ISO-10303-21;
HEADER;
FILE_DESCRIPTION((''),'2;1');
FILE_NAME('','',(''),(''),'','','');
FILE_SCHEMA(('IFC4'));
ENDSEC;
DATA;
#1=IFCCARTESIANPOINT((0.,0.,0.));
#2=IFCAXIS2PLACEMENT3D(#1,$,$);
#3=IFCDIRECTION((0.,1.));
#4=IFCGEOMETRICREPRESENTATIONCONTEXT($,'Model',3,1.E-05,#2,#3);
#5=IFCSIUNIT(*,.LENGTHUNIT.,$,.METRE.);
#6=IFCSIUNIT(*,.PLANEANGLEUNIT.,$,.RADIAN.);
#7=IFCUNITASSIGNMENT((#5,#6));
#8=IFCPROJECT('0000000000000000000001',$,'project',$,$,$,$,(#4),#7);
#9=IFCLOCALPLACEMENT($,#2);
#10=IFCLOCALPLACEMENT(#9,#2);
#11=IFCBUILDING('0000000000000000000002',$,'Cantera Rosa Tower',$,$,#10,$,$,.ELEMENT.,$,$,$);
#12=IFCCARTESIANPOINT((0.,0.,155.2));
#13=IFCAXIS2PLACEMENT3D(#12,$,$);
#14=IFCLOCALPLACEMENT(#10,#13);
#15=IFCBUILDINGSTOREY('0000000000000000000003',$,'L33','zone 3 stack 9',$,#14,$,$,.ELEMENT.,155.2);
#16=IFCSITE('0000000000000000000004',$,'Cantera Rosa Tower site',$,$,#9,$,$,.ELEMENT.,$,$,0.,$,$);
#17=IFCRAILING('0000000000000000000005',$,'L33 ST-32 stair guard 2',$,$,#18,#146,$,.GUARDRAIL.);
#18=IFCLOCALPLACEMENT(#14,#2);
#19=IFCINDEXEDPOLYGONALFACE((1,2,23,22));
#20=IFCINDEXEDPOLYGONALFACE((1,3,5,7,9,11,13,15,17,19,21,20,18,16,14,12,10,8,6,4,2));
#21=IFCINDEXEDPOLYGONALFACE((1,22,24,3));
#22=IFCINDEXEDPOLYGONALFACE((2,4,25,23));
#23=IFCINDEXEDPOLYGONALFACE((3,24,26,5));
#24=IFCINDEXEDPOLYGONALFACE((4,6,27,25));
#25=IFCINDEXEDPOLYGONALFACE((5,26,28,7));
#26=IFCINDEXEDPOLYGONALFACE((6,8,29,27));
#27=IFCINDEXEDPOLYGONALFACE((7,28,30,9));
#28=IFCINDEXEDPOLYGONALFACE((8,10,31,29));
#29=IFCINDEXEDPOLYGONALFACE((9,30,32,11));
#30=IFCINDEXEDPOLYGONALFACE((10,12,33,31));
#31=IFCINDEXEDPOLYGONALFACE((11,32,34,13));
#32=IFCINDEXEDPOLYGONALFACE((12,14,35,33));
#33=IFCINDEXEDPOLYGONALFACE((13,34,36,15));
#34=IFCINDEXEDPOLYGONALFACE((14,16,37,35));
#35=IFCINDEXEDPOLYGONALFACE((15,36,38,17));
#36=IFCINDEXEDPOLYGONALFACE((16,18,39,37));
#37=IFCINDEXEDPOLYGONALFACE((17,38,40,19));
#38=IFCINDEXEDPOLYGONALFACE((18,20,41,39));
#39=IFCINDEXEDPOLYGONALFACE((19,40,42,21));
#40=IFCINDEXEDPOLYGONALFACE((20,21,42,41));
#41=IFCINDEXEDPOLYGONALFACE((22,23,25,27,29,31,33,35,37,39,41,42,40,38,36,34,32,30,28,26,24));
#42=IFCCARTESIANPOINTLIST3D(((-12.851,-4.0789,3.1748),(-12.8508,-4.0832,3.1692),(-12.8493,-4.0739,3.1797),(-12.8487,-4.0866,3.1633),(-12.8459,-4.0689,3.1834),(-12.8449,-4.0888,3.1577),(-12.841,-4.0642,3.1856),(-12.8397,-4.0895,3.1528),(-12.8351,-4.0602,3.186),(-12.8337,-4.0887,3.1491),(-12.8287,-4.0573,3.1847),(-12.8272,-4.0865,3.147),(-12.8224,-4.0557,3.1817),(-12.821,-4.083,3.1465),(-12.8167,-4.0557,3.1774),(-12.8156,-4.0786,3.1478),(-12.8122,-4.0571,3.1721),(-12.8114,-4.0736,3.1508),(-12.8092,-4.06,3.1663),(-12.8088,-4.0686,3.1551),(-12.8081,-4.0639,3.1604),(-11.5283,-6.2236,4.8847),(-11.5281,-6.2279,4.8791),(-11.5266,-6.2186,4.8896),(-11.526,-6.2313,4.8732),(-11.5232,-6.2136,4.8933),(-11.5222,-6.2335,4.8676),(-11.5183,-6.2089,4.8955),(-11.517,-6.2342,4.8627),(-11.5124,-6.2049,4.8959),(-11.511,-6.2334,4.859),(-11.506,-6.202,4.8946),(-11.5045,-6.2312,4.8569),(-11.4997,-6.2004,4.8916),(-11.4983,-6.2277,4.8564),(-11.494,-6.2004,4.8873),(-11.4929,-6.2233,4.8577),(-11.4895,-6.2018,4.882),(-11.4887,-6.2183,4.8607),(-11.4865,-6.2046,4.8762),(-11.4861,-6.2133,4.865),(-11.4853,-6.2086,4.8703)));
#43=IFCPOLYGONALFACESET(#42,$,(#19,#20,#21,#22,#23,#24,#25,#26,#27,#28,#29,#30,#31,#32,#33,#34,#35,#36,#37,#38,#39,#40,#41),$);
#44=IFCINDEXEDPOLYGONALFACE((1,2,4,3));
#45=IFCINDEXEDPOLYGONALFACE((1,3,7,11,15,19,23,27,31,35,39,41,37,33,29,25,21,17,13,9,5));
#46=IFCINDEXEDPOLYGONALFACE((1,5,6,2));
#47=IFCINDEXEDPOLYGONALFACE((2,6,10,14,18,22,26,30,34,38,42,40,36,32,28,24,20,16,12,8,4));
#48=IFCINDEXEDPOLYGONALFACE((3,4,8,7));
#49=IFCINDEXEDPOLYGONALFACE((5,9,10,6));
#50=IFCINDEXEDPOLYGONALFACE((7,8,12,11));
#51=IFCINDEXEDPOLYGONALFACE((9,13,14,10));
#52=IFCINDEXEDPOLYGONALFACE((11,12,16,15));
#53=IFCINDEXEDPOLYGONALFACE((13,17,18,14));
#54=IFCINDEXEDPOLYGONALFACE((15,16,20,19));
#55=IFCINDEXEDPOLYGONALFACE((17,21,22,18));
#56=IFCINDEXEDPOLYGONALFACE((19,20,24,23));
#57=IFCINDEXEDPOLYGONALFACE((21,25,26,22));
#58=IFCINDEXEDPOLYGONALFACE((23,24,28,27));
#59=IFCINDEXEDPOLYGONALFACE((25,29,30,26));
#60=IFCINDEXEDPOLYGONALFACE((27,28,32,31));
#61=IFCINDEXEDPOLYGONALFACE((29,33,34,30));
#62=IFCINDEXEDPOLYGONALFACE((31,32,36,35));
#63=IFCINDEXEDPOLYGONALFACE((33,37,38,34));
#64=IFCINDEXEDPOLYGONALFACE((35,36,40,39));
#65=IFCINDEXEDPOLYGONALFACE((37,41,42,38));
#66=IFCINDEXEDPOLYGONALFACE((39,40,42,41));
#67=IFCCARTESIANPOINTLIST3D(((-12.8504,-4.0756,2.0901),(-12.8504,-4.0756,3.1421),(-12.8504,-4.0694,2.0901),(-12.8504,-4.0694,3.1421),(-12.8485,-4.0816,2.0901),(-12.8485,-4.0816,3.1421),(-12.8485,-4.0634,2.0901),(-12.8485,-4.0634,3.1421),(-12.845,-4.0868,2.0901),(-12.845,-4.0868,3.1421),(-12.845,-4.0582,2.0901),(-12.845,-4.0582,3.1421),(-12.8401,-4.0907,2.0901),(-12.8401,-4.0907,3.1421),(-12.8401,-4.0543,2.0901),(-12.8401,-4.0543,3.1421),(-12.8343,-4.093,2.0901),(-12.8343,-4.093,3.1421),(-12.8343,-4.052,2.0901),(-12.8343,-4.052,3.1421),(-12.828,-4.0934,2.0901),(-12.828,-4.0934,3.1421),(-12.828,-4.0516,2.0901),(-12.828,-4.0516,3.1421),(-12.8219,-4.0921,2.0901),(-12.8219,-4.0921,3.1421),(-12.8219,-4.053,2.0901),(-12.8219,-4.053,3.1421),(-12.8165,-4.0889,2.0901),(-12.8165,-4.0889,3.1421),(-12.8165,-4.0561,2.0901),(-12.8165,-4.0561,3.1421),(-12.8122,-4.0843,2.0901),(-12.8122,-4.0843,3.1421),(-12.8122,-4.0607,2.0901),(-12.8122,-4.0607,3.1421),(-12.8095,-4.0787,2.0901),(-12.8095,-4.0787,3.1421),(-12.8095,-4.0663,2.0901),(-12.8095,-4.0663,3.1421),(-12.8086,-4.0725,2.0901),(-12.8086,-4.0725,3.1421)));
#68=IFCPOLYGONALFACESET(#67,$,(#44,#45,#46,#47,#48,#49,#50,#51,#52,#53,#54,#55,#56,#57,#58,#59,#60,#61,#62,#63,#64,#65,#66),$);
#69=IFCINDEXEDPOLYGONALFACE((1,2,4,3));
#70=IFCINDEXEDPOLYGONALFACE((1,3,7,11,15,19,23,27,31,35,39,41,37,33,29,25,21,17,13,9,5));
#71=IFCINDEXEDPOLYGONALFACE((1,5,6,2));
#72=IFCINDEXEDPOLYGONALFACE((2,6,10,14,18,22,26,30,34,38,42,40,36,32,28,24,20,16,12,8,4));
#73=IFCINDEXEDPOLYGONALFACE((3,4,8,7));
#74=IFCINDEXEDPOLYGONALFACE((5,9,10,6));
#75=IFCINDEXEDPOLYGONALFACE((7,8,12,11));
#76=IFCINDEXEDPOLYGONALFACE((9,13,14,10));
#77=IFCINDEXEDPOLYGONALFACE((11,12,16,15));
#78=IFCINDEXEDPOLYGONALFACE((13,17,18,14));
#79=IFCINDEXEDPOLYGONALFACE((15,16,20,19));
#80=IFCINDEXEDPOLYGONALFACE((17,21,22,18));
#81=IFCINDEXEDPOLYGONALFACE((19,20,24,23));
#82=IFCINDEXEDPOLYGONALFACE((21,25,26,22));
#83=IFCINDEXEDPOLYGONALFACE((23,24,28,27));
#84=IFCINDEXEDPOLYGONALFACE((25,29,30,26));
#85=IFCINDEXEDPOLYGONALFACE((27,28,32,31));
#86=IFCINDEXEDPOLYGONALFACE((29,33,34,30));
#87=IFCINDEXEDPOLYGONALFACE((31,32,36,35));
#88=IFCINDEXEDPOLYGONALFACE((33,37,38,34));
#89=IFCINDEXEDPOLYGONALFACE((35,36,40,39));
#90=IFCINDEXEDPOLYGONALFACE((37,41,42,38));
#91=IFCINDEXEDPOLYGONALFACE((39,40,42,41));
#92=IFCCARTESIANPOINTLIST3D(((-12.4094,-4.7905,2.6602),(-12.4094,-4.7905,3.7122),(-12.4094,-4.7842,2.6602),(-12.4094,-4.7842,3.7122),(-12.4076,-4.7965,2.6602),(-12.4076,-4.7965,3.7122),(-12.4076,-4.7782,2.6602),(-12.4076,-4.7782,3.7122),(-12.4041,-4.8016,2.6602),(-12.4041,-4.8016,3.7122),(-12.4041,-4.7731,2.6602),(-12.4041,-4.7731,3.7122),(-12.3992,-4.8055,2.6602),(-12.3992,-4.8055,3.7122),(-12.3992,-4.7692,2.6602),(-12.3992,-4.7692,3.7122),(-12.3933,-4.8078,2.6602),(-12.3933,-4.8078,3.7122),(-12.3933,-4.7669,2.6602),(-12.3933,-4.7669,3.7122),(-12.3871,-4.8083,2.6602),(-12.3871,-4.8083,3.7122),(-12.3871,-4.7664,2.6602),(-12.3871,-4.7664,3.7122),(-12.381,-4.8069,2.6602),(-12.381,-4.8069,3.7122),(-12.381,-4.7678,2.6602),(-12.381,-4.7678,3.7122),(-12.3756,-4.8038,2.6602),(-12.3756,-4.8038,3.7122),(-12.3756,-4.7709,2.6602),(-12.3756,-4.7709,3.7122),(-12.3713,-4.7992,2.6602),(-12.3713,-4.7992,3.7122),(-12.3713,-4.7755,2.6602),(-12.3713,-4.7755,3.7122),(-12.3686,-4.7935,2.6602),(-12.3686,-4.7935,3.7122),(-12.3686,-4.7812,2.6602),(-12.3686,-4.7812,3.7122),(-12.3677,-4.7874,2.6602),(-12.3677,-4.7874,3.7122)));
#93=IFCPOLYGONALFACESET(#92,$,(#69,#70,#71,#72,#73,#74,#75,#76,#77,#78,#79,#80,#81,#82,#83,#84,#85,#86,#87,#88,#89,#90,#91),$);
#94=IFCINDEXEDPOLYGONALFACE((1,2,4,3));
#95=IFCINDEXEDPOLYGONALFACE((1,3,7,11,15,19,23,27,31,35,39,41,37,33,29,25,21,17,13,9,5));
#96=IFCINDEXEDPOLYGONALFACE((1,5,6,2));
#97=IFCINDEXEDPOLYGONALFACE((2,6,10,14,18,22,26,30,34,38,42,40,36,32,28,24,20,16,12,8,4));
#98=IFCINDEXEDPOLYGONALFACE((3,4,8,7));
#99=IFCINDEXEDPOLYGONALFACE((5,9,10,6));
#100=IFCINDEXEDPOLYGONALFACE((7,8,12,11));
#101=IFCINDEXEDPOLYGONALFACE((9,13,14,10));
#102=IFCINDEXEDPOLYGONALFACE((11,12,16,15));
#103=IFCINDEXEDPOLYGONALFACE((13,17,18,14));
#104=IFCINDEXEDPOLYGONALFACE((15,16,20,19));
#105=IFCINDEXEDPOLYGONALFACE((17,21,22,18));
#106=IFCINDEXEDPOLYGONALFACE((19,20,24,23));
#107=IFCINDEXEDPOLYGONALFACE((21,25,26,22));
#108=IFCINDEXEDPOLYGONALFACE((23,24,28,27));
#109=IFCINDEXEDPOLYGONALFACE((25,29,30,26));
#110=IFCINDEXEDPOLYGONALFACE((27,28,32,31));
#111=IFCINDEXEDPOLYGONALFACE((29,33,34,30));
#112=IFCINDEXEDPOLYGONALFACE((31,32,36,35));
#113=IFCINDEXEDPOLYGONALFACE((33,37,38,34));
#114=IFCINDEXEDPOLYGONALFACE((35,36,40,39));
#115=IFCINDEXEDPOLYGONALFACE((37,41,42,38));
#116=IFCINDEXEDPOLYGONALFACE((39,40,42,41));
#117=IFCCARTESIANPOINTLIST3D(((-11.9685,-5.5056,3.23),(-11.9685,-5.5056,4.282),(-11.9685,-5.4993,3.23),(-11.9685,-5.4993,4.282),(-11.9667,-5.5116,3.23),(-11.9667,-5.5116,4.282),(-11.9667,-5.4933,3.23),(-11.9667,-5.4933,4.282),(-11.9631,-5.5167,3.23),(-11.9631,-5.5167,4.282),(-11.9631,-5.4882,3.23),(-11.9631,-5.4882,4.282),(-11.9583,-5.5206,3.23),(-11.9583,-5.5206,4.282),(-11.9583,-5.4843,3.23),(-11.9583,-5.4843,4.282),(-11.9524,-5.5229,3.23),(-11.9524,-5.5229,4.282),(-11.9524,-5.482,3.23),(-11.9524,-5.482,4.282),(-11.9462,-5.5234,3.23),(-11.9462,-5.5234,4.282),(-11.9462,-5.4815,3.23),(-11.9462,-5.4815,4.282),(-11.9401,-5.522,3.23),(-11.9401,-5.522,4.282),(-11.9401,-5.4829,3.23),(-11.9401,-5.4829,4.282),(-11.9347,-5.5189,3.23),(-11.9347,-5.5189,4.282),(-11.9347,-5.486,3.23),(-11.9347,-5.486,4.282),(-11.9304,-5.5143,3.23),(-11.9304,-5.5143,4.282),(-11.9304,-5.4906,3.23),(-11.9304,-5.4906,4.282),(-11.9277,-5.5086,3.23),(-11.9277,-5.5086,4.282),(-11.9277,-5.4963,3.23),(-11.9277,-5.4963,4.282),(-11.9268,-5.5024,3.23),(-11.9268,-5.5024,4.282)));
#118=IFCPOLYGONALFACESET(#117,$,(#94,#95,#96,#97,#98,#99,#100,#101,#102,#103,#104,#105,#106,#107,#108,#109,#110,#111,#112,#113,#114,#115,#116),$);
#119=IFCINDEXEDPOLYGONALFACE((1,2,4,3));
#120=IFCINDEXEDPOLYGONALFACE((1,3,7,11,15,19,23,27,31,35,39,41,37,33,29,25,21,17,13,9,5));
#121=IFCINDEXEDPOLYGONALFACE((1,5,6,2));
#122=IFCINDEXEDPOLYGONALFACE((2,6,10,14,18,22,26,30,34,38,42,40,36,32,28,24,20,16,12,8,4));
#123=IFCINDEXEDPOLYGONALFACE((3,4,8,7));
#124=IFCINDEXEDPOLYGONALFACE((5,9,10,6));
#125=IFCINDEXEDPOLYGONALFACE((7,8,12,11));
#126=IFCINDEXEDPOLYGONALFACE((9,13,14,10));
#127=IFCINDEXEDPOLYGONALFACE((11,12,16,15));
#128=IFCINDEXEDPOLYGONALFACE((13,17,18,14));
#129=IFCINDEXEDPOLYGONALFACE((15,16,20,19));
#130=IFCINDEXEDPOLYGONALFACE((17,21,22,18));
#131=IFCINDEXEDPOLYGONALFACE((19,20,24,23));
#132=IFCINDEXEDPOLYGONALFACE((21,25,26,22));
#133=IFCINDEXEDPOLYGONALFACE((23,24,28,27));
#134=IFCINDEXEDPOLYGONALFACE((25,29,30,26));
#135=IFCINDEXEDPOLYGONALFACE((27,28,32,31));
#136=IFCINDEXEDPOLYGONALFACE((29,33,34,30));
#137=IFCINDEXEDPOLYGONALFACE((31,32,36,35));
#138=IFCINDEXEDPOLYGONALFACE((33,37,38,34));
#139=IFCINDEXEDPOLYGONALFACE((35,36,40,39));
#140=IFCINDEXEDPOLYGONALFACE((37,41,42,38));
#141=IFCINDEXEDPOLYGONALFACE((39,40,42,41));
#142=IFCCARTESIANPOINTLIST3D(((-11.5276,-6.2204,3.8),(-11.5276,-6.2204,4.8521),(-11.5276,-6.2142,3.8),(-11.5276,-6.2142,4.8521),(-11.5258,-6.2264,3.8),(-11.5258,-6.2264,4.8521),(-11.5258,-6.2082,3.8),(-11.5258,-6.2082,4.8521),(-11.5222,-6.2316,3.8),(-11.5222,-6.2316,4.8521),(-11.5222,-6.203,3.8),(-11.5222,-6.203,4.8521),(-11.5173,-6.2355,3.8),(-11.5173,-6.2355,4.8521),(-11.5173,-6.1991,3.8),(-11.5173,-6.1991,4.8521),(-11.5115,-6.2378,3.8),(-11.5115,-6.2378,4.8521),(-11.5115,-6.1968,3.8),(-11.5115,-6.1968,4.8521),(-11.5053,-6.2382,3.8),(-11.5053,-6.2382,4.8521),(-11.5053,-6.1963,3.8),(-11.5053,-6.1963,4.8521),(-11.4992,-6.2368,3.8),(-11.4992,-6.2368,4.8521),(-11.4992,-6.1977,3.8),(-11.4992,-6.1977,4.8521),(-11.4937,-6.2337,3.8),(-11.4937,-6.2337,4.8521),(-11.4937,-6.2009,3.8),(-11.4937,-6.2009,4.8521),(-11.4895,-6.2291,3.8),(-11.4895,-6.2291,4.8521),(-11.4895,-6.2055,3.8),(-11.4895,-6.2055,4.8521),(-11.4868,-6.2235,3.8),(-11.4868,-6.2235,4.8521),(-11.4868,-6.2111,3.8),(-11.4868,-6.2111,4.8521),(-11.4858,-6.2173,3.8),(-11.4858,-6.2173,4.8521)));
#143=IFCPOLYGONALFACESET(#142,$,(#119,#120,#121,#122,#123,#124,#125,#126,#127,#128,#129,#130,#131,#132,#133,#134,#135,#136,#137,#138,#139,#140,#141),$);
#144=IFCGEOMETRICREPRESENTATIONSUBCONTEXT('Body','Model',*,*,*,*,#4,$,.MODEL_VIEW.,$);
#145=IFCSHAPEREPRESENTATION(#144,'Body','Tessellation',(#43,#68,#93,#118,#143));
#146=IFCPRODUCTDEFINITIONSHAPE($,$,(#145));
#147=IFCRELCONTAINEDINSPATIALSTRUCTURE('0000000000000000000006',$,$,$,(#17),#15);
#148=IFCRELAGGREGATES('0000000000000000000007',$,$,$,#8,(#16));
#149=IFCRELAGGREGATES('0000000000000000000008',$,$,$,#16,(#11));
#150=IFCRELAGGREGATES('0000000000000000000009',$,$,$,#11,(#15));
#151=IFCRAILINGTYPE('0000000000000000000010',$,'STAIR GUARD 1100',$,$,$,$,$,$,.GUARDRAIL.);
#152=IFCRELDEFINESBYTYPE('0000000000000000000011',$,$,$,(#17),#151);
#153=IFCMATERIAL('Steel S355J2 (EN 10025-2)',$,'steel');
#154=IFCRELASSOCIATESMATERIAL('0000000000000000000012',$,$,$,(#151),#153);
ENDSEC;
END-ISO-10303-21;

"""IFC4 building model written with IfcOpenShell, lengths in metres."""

from ifc_helpers import new_model, si_unit, direction, frame, origin, origin_2d, place, context, subcontext, project, spatial, circle, extrude, material, type_object, element, save


model = new_model("IFC4")

# Units and contexts
model_context = context("Model", 3, precision=1e-05, world=origin(), true_north=direction((0.0, 1.0)))
body_context = subcontext(model_context, "Body", "Model", "MODEL_VIEW")
ifc_project = project(units=[si_unit("LENGTHUNIT", "METRE"), si_unit("PLANEANGLEUNIT", "RADIAN")], contexts=[model_context])

# Site, building, storey
site_placement = place(None, origin())
site = spatial("IfcSite", under=ifc_project, at=site_placement, Name="Cantera Rosa Tower site", CompositionType="ELEMENT", RefElevation=0.0)
building_placement = place(site_placement, origin())
building = spatial("IfcBuilding", under=site, at=building_placement, Name="Cantera Rosa Tower", CompositionType="ELEMENT")
storey_placement = place(building_placement, frame((0.0, 0.0, 155.2)))
storey = spatial("IfcBuildingStorey", under=building, at=storey_placement, Name="L33", Description="zone 3 stack 9", CompositionType="ELEMENT", Elevation=155.2)

# Railing
ifc_material_1 = material(Name="Steel S355J2 (EN 10025-2)", Category="steel")
railing_type = type_object("IfcRailingType", Name="STAIR GUARD 1100", PredefinedType="GUARDRAIL", material=ifc_material_1)
railing_1_placement = place(storey_placement, frame((-12.8296, -4.0725, 2.0901)))
element("IfcRailing", 1, at=railing_1_placement, inside=storey, type_object=railing_type, Name="L33 ST-32 stair guard 2", PredefinedType="GUARDRAIL", context=body_context, shape_type="SweptSolid", body=[
    extrude(circle(Radius=0.0239, at=origin_2d()), frame((0.0, 0.0, 1.0762), z_axis=(0.434363, -0.704296, 0.561513), x_axis=(0.851146, 0.52493, 0.0)), (0.0, 0.0, 1.0), 3.0452),
    extrude(circle(Radius=0.021, at=origin_2d()), origin(), (0.0, 0.0, 1.0), 1.052),
    extrude(circle(Radius=0.021, at=origin_2d()), frame((0.4409, -0.7148, 0.5701)), (0.0, 0.0, 1.0), 1.052),
    extrude(circle(Radius=0.021, at=origin_2d()), frame((0.8818, -1.4299, 1.1399)), (0.0, 0.0, 1.0), 1.052),
    extrude(circle(Radius=0.021, at=origin_2d()), frame((1.3228, -2.1448, 1.71)), (0.0, 0.0, 1.0), 1.052),
])

save(model, "model.ifc")
